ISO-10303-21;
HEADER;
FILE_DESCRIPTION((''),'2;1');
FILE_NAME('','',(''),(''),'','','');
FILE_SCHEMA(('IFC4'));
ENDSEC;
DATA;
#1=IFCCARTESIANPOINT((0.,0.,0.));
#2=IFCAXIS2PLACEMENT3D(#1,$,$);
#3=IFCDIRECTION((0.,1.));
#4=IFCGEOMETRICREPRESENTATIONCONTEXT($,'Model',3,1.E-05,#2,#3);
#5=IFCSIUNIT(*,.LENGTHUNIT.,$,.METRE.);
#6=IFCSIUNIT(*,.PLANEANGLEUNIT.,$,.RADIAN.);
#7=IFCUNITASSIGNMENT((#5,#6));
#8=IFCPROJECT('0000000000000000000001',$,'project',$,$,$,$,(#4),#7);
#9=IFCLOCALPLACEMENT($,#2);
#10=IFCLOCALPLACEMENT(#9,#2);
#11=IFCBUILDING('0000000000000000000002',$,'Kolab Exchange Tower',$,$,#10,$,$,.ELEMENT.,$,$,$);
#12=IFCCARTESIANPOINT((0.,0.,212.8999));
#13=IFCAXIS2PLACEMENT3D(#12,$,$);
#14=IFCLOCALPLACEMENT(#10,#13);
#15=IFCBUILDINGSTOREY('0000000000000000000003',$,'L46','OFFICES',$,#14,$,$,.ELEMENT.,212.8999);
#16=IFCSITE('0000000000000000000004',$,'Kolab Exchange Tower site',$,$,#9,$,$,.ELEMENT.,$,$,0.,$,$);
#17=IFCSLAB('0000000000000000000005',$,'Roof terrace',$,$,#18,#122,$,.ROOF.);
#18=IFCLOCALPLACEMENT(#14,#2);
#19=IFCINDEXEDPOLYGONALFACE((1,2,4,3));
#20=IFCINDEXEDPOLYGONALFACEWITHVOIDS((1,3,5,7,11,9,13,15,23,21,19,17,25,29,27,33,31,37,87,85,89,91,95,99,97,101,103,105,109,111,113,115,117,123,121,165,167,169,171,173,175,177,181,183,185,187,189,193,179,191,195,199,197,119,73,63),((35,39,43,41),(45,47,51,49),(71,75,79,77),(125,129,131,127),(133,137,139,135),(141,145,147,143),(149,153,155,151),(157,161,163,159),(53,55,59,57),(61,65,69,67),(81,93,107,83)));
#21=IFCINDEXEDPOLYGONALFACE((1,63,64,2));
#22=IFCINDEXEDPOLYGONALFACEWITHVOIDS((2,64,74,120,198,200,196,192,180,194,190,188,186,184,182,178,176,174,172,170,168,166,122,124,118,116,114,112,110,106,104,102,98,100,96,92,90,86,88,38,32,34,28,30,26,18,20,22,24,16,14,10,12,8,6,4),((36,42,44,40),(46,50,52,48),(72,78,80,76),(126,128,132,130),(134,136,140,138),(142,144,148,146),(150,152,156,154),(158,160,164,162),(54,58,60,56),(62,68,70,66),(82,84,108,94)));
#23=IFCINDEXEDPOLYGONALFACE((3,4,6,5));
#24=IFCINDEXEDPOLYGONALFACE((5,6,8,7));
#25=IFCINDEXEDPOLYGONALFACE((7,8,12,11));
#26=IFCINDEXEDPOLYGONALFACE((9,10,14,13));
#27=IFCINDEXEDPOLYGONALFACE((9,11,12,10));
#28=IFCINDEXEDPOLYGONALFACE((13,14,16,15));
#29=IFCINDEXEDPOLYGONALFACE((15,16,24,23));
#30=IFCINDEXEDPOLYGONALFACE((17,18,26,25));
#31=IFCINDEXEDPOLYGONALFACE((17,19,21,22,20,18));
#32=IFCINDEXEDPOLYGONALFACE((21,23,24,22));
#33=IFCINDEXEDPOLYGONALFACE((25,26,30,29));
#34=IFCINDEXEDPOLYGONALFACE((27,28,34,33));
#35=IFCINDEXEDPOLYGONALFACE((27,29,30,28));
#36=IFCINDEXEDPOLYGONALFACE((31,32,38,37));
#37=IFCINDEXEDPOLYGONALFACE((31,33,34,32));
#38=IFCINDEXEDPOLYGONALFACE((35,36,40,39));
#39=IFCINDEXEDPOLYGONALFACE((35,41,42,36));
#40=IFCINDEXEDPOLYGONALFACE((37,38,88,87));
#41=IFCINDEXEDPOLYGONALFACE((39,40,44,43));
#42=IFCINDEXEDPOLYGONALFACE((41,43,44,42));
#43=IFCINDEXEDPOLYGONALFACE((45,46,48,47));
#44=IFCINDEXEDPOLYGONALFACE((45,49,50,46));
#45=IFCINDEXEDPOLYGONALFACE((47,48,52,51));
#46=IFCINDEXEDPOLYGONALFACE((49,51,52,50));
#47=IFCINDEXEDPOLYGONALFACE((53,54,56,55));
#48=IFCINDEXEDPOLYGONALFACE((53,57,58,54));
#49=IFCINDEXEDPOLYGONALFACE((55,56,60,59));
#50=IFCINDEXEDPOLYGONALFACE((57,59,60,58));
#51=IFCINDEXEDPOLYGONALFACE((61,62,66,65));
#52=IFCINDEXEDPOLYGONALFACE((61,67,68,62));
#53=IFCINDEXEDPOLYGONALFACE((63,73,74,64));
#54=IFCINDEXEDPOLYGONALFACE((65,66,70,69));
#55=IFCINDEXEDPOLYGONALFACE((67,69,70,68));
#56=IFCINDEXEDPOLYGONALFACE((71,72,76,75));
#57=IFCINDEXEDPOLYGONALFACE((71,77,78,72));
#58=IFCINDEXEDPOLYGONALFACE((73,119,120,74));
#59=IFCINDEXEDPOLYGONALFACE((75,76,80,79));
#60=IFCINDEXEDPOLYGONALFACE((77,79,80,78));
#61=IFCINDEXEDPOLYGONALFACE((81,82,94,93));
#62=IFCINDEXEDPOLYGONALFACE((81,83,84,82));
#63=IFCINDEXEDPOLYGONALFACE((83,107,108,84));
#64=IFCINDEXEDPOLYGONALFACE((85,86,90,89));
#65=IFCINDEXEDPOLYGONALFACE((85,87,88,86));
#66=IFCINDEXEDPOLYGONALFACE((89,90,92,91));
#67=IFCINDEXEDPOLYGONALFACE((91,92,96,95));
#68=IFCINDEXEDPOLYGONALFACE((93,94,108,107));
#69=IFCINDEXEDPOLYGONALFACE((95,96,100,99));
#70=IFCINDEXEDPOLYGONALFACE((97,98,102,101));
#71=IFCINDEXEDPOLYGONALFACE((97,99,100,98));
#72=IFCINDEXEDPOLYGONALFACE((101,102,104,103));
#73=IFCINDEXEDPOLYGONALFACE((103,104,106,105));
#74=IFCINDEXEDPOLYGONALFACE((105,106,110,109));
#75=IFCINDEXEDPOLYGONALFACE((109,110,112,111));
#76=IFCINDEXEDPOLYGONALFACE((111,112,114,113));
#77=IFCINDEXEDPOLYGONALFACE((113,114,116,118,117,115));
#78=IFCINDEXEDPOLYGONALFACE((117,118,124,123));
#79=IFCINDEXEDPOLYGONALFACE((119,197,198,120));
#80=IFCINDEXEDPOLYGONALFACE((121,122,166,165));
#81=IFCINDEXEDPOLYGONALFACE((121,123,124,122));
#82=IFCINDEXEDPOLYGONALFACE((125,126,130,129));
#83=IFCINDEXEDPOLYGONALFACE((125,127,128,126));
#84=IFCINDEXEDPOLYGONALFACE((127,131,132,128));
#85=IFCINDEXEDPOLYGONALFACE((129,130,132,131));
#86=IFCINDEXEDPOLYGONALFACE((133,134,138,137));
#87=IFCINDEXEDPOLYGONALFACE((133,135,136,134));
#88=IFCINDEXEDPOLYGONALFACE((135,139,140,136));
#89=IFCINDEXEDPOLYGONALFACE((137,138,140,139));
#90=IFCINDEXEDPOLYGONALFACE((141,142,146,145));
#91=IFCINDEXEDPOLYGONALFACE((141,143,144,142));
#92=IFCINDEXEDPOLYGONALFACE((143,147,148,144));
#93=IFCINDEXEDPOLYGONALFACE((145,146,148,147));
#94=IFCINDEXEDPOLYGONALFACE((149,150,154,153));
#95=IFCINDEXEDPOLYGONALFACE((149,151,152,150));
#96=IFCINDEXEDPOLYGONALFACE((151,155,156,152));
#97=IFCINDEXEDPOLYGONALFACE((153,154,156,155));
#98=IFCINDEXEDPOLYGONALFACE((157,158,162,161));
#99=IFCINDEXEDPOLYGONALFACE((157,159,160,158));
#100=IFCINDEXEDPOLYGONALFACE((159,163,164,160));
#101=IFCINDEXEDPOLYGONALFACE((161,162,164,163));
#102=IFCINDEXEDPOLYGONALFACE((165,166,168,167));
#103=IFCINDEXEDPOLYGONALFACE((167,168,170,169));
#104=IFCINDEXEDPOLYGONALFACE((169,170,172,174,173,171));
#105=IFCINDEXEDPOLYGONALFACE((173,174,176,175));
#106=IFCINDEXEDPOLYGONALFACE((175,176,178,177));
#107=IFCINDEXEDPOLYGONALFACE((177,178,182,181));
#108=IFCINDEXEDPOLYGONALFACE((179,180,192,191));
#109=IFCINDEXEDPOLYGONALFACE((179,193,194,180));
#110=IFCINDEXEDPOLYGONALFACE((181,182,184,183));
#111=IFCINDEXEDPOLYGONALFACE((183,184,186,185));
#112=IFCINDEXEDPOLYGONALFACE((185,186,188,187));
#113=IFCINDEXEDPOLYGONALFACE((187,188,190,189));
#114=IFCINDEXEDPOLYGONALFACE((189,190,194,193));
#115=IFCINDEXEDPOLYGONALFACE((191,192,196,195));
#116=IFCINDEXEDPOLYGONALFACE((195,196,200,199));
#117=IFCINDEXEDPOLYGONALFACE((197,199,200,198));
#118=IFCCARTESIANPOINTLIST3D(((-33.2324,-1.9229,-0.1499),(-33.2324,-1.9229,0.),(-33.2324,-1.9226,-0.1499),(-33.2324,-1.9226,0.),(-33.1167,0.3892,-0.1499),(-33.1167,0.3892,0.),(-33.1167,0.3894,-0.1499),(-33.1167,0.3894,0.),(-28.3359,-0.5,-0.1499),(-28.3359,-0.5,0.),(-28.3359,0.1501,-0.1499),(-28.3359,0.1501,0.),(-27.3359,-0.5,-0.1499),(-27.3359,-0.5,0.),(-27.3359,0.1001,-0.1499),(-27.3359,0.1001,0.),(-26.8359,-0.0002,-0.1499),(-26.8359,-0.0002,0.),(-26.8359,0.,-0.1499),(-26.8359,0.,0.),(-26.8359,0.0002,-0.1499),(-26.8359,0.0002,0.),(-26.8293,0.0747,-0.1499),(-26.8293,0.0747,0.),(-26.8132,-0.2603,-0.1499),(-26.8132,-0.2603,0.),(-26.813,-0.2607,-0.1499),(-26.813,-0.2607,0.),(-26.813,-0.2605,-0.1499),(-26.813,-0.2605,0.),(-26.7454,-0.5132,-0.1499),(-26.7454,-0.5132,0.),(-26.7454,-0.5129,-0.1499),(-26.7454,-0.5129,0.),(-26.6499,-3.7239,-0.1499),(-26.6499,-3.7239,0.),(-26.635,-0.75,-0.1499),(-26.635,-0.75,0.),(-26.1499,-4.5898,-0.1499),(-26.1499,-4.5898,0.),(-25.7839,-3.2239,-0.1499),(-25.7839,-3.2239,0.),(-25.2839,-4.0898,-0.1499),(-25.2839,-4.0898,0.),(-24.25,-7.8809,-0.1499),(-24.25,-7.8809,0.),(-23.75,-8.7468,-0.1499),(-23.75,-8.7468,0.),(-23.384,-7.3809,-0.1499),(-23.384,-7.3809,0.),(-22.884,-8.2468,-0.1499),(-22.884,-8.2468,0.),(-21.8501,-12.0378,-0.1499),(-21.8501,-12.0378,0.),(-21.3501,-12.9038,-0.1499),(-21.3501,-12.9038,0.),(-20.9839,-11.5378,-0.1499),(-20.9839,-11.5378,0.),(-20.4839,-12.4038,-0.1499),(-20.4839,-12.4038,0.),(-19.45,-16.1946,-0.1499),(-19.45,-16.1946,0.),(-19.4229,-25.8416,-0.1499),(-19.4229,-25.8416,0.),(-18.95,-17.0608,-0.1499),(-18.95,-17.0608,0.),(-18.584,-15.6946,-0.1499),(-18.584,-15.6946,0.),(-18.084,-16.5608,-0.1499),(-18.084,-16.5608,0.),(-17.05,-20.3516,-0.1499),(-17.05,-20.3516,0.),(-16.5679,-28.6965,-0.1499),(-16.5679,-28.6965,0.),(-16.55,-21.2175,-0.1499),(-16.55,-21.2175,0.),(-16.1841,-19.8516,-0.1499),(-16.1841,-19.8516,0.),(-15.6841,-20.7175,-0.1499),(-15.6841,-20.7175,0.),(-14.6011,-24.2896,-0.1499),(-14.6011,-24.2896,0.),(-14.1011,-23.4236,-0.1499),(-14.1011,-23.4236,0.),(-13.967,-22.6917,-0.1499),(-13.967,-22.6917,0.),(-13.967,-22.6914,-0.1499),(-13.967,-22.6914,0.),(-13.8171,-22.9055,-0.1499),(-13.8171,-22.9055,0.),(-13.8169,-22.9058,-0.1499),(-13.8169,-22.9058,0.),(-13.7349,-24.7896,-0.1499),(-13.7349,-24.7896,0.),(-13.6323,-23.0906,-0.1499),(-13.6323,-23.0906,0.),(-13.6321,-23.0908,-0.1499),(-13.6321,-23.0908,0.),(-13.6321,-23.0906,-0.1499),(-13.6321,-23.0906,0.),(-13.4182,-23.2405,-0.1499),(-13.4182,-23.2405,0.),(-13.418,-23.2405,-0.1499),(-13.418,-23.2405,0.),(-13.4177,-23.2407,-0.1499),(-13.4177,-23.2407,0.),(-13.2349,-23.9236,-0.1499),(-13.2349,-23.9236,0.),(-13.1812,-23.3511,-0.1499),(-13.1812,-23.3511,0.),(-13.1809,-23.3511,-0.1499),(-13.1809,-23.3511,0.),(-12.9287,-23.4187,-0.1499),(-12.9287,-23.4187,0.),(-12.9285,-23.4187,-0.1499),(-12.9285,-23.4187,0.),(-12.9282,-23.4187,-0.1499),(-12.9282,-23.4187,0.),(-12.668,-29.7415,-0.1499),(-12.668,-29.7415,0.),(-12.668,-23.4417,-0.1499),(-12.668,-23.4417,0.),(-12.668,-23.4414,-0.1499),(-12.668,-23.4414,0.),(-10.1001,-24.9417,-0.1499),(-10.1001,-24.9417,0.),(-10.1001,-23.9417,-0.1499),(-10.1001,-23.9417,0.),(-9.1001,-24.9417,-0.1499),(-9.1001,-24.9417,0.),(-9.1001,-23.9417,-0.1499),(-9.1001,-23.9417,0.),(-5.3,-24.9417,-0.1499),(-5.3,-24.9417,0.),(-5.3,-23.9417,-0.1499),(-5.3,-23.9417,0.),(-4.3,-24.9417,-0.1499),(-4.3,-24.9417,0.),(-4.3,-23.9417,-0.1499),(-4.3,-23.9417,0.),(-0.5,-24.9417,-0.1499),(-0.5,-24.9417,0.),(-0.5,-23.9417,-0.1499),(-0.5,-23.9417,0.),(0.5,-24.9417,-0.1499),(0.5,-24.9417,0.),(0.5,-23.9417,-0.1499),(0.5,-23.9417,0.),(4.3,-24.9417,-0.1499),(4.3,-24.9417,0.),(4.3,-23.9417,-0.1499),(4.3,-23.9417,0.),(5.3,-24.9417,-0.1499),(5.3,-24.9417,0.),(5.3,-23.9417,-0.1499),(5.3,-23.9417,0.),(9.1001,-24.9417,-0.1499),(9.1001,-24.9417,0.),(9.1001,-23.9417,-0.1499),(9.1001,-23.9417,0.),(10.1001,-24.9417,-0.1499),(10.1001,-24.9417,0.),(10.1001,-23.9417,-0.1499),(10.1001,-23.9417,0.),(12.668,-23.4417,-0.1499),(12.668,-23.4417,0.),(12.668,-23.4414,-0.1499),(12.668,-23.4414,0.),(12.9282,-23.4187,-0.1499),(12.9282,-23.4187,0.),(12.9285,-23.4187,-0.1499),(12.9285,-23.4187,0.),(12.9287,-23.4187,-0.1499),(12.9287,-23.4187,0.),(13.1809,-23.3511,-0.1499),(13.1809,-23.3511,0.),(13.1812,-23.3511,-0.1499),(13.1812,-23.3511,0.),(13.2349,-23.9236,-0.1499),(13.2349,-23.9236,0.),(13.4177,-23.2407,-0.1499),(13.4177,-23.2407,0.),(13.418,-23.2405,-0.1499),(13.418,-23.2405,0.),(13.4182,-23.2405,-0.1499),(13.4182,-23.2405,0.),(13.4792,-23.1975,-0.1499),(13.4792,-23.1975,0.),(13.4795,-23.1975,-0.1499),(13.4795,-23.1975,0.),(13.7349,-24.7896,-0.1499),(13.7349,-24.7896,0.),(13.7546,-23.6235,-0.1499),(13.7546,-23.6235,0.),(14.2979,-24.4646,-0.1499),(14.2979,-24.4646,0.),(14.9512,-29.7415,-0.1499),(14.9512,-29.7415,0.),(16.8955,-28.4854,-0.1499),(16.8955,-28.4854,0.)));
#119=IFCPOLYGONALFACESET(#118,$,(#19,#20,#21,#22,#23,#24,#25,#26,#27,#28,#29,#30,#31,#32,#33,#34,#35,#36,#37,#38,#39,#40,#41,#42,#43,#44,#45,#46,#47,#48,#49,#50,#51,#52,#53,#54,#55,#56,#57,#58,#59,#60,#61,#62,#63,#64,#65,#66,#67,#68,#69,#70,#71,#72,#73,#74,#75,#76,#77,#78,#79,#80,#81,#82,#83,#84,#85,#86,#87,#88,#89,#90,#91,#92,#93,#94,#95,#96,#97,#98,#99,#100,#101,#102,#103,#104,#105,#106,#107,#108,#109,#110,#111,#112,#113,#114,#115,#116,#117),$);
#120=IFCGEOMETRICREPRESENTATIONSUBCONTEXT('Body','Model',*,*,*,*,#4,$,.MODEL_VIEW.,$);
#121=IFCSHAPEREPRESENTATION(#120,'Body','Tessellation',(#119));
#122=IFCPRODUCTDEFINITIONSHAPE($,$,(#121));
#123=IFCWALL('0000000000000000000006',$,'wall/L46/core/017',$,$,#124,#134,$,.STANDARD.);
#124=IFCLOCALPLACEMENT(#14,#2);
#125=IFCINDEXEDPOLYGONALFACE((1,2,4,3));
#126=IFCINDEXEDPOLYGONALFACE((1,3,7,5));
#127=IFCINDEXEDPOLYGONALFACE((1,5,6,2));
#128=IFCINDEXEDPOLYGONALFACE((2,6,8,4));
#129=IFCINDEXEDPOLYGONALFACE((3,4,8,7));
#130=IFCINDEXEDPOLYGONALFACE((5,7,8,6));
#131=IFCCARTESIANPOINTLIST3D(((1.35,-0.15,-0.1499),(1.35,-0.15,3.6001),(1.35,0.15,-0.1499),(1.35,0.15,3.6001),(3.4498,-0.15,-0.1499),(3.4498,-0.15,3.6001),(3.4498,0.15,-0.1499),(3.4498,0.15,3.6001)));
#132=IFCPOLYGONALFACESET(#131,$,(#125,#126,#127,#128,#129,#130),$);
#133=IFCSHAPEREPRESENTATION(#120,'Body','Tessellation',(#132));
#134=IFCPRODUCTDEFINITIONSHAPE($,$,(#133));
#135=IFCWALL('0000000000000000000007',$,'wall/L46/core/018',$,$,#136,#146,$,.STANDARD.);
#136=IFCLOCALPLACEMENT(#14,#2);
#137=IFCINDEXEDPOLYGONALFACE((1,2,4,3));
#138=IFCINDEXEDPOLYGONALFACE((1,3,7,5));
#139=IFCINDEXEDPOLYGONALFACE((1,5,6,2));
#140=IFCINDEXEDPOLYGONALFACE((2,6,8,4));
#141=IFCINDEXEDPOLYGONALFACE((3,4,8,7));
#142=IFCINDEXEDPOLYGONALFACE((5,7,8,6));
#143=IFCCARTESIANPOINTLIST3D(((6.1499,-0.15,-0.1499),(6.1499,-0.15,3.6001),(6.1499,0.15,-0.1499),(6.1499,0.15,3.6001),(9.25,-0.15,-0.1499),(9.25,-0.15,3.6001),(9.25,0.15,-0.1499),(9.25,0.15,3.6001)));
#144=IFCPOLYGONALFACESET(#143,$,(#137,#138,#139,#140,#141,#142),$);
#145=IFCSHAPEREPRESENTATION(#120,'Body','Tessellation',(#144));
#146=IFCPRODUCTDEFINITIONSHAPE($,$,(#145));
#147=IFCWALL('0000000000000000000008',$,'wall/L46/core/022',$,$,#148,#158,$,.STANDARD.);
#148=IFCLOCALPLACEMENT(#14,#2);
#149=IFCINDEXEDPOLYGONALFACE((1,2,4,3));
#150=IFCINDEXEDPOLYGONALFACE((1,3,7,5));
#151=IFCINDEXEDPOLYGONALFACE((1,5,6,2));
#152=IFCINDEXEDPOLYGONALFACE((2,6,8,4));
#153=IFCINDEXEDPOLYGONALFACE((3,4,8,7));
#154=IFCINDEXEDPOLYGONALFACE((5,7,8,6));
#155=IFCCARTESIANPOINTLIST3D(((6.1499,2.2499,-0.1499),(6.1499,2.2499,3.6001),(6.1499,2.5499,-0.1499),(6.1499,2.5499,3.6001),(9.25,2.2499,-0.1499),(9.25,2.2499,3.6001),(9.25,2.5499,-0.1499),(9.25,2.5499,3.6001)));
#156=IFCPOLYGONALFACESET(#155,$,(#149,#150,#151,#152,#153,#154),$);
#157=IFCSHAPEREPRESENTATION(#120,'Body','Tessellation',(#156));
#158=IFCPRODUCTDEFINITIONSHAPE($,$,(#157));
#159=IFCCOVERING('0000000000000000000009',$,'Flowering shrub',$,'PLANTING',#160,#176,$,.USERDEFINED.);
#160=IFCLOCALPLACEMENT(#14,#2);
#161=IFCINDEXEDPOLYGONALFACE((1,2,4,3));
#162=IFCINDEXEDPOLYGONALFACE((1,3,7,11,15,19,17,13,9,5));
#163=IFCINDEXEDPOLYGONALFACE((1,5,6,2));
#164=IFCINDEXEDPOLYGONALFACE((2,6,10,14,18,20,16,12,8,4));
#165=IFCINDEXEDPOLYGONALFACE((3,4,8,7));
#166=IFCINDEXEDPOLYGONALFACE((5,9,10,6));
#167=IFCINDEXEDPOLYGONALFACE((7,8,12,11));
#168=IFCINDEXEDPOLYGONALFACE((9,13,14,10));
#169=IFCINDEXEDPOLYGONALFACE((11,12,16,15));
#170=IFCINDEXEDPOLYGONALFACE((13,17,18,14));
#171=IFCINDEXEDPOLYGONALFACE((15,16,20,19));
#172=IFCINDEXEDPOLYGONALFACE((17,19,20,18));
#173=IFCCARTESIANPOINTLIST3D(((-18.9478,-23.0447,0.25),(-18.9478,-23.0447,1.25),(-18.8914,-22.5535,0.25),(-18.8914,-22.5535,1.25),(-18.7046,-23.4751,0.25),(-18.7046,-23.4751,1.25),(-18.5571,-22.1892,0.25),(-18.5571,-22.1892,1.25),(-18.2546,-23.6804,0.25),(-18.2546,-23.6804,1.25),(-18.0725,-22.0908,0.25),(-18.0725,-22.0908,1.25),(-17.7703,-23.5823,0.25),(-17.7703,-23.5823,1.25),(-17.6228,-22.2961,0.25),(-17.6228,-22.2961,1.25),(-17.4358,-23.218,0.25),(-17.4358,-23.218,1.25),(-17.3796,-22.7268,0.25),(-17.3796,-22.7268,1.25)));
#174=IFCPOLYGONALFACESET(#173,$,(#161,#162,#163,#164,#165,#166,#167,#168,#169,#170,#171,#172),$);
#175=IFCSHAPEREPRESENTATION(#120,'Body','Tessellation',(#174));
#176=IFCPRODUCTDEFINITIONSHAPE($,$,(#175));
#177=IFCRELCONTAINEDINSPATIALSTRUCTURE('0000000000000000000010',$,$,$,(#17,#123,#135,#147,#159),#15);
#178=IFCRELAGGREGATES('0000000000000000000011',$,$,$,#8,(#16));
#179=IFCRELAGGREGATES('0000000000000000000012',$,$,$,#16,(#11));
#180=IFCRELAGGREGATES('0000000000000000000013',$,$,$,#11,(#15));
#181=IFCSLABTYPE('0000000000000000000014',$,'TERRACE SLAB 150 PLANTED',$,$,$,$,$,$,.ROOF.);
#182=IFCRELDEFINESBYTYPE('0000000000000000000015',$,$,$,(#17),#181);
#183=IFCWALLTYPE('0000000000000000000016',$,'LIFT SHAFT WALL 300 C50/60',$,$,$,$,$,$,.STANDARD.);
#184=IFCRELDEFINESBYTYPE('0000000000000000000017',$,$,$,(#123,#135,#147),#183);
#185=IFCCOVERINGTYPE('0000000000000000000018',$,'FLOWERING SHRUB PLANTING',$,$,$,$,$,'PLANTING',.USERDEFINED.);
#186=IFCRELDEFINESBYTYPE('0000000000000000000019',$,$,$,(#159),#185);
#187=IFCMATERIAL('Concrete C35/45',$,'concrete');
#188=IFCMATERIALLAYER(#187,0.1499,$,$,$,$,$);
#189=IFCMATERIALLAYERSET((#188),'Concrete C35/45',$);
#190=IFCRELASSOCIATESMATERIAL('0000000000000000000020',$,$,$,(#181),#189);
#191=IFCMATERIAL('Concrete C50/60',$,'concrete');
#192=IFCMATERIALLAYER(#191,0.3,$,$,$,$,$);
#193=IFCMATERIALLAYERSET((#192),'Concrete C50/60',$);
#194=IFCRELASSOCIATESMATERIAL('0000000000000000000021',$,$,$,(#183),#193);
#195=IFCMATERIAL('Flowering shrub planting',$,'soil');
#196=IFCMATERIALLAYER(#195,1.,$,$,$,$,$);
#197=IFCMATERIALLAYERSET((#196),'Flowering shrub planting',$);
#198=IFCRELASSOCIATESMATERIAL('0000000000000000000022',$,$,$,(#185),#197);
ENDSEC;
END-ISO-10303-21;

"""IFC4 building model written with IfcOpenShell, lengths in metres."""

from ifc_helpers import new_model, si_unit, direction, frame, frame_2d, origin, place, context, subcontext, project, spatial, polyline, rectangle, outline, extrude, material, layer, layer_set, type_object, element, save


model = new_model("IFC4")

# Units and contexts
model_context = context("Model", 3, precision=1e-05, world=origin(), true_north=direction((0.0, 1.0)))
body_context = subcontext(model_context, "Body", "Model", "MODEL_VIEW")
ifc_project = project(units=[si_unit("LENGTHUNIT", "METRE"), si_unit("PLANEANGLEUNIT", "RADIAN")], contexts=[model_context])

# Site, building, storey
site_placement = place(None, origin())
site = spatial("IfcSite", under=ifc_project, at=site_placement, Name="Kolab Exchange Tower site", CompositionType="ELEMENT", RefElevation=0.0)
building_placement = place(site_placement, origin())
building = spatial("IfcBuilding", under=site, at=building_placement, Name="Kolab Exchange Tower", CompositionType="ELEMENT")
storey_placement = place(building_placement, frame((0.0, 0.0, 212.8999)))
storey = spatial("IfcBuildingStorey", under=building, at=storey_placement, Name="L46", Description="OFFICES", CompositionType="ELEMENT", Elevation=212.8999)

# Shared definitions
ifc_material_1 = material(Name="Concrete C35/45", Category="concrete")

# Shared definitions
ifc_material_2 = material(Name="Concrete C50/60", Category="concrete")

# Slab
ifc_layer_1 = layer(ifc_material_1, 0.1499)
ifc_layer_set_1 = layer_set([ifc_layer_1], Name="Concrete C35/45")
slab_type_1 = type_object("IfcSlabType", Name="TERRACE SLAB 150 PLANTED", PredefinedType="ROOF", material=ifc_layer_set_1)
slab_1_placement = place(storey_placement, frame((0.0, 0.0, -0.1499)))
element("IfcSlab", 1, at=slab_1_placement, inside=storey, type_object=slab_type_1, Name="Roof terrace", PredefinedType="ROOF", context=body_context, shape_type="SweptSolid", body=[
    extrude(outline(polyline([(-33.2324, -1.9226), (-33.2324, -1.9229), (-19.4229, -25.8416), (-16.5679, -28.6965), (-12.668, -29.7415), (14.9512, -29.7415), (16.8955, -28.4854), (14.2979, -24.4646), (13.7349, -24.7896), (13.2349, -23.9236), (13.7546, -23.6235), (13.4795, -23.1975), (13.4792, -23.1975), (13.4182, -23.2405), (13.418, -23.2405), (13.4177, -23.2407), (13.1812, -23.3511), (13.1809, -23.3511), (12.9287, -23.4187), (12.9285, -23.4187), (12.9282, -23.4187), (12.668, -23.4414), (12.668, -23.4417), (-12.668, -23.4417), (-12.668, -23.4414), (-12.9282, -23.4187), (-12.9285, -23.4187), (-12.9287, -23.4187), (-13.1809, -23.3511), (-13.1812, -23.3511), (-13.4177, -23.2407), (-13.418, -23.2405), (-13.4182, -23.2405), (-13.6321, -23.0908), (-13.6321, -23.0906), (-13.6323, -23.0906), (-13.8169, -22.9058), (-13.8171, -22.9055), (-13.967, -22.6917), (-13.967, -22.6914), (-26.635, -0.75), (-26.7454, -0.5132), (-26.7454, -0.5129), (-26.813, -0.2607), (-26.813, -0.2605), (-26.8132, -0.2603), (-26.8359, -0.0002), (-26.8359, 0.0), (-26.8359, 0.0002), (-26.8293, 0.0747), (-27.3359, 0.1001), (-27.3359, -0.5), (-28.3359, -0.5), (-28.3359, 0.1501), (-33.1167, 0.3894), (-33.1167, 0.3892), (-33.2324, -1.9226)]), holes=[polyline([(-10.1001, -24.9417), (-10.1001, -23.9417), (-9.1001, -23.9417), (-9.1001, -24.9417), (-10.1001, -24.9417)]), polyline([(-14.6011, -24.2896), (-14.1011, -23.4236), (-13.2349, -23.9236), (-13.7349, -24.7896), (-14.6011, -24.2896)]), polyline([(-17.05, -20.3516), (-16.1841, -19.8516), (-15.6841, -20.7175), (-16.55, -21.2175), (-17.05, -20.3516)]), polyline([(-19.45, -16.1946), (-18.584, -15.6946), (-18.084, -16.5608), (-18.95, -17.0608), (-19.45, -16.1946)]), polyline([(-21.8501, -12.0378), (-20.9839, -11.5378), (-20.4839, -12.4038), (-21.3501, -12.9038), (-21.8501, -12.0378)]), polyline([(-24.25, -7.8809), (-23.384, -7.3809), (-22.884, -8.2468), (-23.75, -8.7468), (-24.25, -7.8809)]), polyline([(-26.6499, -3.7239), (-25.7839, -3.2239), (-25.2839, -4.0898), (-26.1499, -4.5898), (-26.6499, -3.7239)]), polyline([(-0.5, -23.9417), (0.5, -23.9417), (0.5, -24.9417), (-0.5, -24.9417), (-0.5, -23.9417)]), polyline([(-5.3, -23.9417), (-4.3, -23.9417), (-4.3, -24.9417), (-5.3, -24.9417), (-5.3, -23.9417)]), polyline([(4.3, -23.9417), (5.3, -23.9417), (5.3, -24.9417), (4.3, -24.9417), (4.3, -23.9417)]), polyline([(9.1001, -23.9417), (10.1001, -23.9417), (10.1001, -24.9417), (9.1001, -24.9417), (9.1001, -23.9417)])]), origin(), (0.0, 0.0, 1.0), 0.1499),
])

# Walls
ifc_layer_2 = layer(ifc_material_2, 0.3)
ifc_layer_set_2 = layer_set([ifc_layer_2], Name="Concrete C50/60")
wall_type = type_object("IfcWallType", Name="LIFT SHAFT WALL 300 C50/60", PredefinedType="STANDARD", material=ifc_layer_set_2)
wall_placement = place(storey_placement, frame((1.3501, 0.0, -0.1499), z_axis=(0.0, 0.0, 1.0), x_axis=(1.0, 0.0, 0.0)))
element("IfcWall", 2, at=wall_placement, inside=storey, type_object=wall_type, Name="wall/L46/core/017", PredefinedType="STANDARD", context=body_context, shape_type="SweptSolid", body=[
    extrude(rectangle(XDim=2.0999, YDim=0.3, at=frame_2d((1.0498, 0.0))), origin(), (0.0, 0.0, 1.0), 3.75),
])
for number, where, z_axis, x_axis, name in (
    (3, (6.1499, 0.0, -0.1499), (0.0, 0.0, 1.0), (1.0, 0.0, 0.0), "wall/L46/core/018"),
    (4, (6.1499, 2.3999, -0.1499), (0.0, 0.0, 1.0), (1.0, 0.0, 0.0), "wall/L46/core/022"),
):
    element("IfcWall", number, at=place(storey_placement, frame(where, z_axis=z_axis, x_axis=x_axis)), inside=storey, type_object=wall_type, Name=name, PredefinedType="STANDARD", context=body_context, shape_type="SweptSolid", body=[
        extrude(rectangle(XDim=3.1001, YDim=0.3, at=frame_2d((1.55, 0.0))), origin(), (0.0, 0.0, 1.0), 3.75),
    ])

# Covering
ifc_material_3 = material(Name="Flowering shrub planting", Category="soil")
ifc_layer_3 = layer(ifc_material_3, 1.0)
ifc_layer_set_3 = layer_set([ifc_layer_3], Name="Flowering shrub planting")
covering_type_1 = type_object("IfcCoveringType", Name="FLOWERING SHRUB PLANTING", ElementType="PLANTING", PredefinedType="USERDEFINED", material=ifc_layer_set_3)
covering_1_placement = place(storey_placement, frame((0.0, 0.0, 0.25)))
element("IfcCovering", 5, at=covering_1_placement, inside=storey, type_object=covering_type_1, Name="Flowering shrub", ObjectType="PLANTING", PredefinedType="USERDEFINED", context=body_context, shape_type="SweptSolid", body=[
    extrude(outline(polyline([(-17.3796, -22.7268), (-17.6228, -22.2961), (-18.0725, -22.0908), (-18.5571, -22.1892), (-18.8914, -22.5535), (-18.9478, -23.0447), (-18.7046, -23.4751), (-18.2546, -23.6804), (-17.7703, -23.5823), (-17.4358, -23.218), (-17.3796, -22.7268)])), origin(), (0.0, 0.0, 1.0), 1.0),
])

save(model, "model.ifc")
